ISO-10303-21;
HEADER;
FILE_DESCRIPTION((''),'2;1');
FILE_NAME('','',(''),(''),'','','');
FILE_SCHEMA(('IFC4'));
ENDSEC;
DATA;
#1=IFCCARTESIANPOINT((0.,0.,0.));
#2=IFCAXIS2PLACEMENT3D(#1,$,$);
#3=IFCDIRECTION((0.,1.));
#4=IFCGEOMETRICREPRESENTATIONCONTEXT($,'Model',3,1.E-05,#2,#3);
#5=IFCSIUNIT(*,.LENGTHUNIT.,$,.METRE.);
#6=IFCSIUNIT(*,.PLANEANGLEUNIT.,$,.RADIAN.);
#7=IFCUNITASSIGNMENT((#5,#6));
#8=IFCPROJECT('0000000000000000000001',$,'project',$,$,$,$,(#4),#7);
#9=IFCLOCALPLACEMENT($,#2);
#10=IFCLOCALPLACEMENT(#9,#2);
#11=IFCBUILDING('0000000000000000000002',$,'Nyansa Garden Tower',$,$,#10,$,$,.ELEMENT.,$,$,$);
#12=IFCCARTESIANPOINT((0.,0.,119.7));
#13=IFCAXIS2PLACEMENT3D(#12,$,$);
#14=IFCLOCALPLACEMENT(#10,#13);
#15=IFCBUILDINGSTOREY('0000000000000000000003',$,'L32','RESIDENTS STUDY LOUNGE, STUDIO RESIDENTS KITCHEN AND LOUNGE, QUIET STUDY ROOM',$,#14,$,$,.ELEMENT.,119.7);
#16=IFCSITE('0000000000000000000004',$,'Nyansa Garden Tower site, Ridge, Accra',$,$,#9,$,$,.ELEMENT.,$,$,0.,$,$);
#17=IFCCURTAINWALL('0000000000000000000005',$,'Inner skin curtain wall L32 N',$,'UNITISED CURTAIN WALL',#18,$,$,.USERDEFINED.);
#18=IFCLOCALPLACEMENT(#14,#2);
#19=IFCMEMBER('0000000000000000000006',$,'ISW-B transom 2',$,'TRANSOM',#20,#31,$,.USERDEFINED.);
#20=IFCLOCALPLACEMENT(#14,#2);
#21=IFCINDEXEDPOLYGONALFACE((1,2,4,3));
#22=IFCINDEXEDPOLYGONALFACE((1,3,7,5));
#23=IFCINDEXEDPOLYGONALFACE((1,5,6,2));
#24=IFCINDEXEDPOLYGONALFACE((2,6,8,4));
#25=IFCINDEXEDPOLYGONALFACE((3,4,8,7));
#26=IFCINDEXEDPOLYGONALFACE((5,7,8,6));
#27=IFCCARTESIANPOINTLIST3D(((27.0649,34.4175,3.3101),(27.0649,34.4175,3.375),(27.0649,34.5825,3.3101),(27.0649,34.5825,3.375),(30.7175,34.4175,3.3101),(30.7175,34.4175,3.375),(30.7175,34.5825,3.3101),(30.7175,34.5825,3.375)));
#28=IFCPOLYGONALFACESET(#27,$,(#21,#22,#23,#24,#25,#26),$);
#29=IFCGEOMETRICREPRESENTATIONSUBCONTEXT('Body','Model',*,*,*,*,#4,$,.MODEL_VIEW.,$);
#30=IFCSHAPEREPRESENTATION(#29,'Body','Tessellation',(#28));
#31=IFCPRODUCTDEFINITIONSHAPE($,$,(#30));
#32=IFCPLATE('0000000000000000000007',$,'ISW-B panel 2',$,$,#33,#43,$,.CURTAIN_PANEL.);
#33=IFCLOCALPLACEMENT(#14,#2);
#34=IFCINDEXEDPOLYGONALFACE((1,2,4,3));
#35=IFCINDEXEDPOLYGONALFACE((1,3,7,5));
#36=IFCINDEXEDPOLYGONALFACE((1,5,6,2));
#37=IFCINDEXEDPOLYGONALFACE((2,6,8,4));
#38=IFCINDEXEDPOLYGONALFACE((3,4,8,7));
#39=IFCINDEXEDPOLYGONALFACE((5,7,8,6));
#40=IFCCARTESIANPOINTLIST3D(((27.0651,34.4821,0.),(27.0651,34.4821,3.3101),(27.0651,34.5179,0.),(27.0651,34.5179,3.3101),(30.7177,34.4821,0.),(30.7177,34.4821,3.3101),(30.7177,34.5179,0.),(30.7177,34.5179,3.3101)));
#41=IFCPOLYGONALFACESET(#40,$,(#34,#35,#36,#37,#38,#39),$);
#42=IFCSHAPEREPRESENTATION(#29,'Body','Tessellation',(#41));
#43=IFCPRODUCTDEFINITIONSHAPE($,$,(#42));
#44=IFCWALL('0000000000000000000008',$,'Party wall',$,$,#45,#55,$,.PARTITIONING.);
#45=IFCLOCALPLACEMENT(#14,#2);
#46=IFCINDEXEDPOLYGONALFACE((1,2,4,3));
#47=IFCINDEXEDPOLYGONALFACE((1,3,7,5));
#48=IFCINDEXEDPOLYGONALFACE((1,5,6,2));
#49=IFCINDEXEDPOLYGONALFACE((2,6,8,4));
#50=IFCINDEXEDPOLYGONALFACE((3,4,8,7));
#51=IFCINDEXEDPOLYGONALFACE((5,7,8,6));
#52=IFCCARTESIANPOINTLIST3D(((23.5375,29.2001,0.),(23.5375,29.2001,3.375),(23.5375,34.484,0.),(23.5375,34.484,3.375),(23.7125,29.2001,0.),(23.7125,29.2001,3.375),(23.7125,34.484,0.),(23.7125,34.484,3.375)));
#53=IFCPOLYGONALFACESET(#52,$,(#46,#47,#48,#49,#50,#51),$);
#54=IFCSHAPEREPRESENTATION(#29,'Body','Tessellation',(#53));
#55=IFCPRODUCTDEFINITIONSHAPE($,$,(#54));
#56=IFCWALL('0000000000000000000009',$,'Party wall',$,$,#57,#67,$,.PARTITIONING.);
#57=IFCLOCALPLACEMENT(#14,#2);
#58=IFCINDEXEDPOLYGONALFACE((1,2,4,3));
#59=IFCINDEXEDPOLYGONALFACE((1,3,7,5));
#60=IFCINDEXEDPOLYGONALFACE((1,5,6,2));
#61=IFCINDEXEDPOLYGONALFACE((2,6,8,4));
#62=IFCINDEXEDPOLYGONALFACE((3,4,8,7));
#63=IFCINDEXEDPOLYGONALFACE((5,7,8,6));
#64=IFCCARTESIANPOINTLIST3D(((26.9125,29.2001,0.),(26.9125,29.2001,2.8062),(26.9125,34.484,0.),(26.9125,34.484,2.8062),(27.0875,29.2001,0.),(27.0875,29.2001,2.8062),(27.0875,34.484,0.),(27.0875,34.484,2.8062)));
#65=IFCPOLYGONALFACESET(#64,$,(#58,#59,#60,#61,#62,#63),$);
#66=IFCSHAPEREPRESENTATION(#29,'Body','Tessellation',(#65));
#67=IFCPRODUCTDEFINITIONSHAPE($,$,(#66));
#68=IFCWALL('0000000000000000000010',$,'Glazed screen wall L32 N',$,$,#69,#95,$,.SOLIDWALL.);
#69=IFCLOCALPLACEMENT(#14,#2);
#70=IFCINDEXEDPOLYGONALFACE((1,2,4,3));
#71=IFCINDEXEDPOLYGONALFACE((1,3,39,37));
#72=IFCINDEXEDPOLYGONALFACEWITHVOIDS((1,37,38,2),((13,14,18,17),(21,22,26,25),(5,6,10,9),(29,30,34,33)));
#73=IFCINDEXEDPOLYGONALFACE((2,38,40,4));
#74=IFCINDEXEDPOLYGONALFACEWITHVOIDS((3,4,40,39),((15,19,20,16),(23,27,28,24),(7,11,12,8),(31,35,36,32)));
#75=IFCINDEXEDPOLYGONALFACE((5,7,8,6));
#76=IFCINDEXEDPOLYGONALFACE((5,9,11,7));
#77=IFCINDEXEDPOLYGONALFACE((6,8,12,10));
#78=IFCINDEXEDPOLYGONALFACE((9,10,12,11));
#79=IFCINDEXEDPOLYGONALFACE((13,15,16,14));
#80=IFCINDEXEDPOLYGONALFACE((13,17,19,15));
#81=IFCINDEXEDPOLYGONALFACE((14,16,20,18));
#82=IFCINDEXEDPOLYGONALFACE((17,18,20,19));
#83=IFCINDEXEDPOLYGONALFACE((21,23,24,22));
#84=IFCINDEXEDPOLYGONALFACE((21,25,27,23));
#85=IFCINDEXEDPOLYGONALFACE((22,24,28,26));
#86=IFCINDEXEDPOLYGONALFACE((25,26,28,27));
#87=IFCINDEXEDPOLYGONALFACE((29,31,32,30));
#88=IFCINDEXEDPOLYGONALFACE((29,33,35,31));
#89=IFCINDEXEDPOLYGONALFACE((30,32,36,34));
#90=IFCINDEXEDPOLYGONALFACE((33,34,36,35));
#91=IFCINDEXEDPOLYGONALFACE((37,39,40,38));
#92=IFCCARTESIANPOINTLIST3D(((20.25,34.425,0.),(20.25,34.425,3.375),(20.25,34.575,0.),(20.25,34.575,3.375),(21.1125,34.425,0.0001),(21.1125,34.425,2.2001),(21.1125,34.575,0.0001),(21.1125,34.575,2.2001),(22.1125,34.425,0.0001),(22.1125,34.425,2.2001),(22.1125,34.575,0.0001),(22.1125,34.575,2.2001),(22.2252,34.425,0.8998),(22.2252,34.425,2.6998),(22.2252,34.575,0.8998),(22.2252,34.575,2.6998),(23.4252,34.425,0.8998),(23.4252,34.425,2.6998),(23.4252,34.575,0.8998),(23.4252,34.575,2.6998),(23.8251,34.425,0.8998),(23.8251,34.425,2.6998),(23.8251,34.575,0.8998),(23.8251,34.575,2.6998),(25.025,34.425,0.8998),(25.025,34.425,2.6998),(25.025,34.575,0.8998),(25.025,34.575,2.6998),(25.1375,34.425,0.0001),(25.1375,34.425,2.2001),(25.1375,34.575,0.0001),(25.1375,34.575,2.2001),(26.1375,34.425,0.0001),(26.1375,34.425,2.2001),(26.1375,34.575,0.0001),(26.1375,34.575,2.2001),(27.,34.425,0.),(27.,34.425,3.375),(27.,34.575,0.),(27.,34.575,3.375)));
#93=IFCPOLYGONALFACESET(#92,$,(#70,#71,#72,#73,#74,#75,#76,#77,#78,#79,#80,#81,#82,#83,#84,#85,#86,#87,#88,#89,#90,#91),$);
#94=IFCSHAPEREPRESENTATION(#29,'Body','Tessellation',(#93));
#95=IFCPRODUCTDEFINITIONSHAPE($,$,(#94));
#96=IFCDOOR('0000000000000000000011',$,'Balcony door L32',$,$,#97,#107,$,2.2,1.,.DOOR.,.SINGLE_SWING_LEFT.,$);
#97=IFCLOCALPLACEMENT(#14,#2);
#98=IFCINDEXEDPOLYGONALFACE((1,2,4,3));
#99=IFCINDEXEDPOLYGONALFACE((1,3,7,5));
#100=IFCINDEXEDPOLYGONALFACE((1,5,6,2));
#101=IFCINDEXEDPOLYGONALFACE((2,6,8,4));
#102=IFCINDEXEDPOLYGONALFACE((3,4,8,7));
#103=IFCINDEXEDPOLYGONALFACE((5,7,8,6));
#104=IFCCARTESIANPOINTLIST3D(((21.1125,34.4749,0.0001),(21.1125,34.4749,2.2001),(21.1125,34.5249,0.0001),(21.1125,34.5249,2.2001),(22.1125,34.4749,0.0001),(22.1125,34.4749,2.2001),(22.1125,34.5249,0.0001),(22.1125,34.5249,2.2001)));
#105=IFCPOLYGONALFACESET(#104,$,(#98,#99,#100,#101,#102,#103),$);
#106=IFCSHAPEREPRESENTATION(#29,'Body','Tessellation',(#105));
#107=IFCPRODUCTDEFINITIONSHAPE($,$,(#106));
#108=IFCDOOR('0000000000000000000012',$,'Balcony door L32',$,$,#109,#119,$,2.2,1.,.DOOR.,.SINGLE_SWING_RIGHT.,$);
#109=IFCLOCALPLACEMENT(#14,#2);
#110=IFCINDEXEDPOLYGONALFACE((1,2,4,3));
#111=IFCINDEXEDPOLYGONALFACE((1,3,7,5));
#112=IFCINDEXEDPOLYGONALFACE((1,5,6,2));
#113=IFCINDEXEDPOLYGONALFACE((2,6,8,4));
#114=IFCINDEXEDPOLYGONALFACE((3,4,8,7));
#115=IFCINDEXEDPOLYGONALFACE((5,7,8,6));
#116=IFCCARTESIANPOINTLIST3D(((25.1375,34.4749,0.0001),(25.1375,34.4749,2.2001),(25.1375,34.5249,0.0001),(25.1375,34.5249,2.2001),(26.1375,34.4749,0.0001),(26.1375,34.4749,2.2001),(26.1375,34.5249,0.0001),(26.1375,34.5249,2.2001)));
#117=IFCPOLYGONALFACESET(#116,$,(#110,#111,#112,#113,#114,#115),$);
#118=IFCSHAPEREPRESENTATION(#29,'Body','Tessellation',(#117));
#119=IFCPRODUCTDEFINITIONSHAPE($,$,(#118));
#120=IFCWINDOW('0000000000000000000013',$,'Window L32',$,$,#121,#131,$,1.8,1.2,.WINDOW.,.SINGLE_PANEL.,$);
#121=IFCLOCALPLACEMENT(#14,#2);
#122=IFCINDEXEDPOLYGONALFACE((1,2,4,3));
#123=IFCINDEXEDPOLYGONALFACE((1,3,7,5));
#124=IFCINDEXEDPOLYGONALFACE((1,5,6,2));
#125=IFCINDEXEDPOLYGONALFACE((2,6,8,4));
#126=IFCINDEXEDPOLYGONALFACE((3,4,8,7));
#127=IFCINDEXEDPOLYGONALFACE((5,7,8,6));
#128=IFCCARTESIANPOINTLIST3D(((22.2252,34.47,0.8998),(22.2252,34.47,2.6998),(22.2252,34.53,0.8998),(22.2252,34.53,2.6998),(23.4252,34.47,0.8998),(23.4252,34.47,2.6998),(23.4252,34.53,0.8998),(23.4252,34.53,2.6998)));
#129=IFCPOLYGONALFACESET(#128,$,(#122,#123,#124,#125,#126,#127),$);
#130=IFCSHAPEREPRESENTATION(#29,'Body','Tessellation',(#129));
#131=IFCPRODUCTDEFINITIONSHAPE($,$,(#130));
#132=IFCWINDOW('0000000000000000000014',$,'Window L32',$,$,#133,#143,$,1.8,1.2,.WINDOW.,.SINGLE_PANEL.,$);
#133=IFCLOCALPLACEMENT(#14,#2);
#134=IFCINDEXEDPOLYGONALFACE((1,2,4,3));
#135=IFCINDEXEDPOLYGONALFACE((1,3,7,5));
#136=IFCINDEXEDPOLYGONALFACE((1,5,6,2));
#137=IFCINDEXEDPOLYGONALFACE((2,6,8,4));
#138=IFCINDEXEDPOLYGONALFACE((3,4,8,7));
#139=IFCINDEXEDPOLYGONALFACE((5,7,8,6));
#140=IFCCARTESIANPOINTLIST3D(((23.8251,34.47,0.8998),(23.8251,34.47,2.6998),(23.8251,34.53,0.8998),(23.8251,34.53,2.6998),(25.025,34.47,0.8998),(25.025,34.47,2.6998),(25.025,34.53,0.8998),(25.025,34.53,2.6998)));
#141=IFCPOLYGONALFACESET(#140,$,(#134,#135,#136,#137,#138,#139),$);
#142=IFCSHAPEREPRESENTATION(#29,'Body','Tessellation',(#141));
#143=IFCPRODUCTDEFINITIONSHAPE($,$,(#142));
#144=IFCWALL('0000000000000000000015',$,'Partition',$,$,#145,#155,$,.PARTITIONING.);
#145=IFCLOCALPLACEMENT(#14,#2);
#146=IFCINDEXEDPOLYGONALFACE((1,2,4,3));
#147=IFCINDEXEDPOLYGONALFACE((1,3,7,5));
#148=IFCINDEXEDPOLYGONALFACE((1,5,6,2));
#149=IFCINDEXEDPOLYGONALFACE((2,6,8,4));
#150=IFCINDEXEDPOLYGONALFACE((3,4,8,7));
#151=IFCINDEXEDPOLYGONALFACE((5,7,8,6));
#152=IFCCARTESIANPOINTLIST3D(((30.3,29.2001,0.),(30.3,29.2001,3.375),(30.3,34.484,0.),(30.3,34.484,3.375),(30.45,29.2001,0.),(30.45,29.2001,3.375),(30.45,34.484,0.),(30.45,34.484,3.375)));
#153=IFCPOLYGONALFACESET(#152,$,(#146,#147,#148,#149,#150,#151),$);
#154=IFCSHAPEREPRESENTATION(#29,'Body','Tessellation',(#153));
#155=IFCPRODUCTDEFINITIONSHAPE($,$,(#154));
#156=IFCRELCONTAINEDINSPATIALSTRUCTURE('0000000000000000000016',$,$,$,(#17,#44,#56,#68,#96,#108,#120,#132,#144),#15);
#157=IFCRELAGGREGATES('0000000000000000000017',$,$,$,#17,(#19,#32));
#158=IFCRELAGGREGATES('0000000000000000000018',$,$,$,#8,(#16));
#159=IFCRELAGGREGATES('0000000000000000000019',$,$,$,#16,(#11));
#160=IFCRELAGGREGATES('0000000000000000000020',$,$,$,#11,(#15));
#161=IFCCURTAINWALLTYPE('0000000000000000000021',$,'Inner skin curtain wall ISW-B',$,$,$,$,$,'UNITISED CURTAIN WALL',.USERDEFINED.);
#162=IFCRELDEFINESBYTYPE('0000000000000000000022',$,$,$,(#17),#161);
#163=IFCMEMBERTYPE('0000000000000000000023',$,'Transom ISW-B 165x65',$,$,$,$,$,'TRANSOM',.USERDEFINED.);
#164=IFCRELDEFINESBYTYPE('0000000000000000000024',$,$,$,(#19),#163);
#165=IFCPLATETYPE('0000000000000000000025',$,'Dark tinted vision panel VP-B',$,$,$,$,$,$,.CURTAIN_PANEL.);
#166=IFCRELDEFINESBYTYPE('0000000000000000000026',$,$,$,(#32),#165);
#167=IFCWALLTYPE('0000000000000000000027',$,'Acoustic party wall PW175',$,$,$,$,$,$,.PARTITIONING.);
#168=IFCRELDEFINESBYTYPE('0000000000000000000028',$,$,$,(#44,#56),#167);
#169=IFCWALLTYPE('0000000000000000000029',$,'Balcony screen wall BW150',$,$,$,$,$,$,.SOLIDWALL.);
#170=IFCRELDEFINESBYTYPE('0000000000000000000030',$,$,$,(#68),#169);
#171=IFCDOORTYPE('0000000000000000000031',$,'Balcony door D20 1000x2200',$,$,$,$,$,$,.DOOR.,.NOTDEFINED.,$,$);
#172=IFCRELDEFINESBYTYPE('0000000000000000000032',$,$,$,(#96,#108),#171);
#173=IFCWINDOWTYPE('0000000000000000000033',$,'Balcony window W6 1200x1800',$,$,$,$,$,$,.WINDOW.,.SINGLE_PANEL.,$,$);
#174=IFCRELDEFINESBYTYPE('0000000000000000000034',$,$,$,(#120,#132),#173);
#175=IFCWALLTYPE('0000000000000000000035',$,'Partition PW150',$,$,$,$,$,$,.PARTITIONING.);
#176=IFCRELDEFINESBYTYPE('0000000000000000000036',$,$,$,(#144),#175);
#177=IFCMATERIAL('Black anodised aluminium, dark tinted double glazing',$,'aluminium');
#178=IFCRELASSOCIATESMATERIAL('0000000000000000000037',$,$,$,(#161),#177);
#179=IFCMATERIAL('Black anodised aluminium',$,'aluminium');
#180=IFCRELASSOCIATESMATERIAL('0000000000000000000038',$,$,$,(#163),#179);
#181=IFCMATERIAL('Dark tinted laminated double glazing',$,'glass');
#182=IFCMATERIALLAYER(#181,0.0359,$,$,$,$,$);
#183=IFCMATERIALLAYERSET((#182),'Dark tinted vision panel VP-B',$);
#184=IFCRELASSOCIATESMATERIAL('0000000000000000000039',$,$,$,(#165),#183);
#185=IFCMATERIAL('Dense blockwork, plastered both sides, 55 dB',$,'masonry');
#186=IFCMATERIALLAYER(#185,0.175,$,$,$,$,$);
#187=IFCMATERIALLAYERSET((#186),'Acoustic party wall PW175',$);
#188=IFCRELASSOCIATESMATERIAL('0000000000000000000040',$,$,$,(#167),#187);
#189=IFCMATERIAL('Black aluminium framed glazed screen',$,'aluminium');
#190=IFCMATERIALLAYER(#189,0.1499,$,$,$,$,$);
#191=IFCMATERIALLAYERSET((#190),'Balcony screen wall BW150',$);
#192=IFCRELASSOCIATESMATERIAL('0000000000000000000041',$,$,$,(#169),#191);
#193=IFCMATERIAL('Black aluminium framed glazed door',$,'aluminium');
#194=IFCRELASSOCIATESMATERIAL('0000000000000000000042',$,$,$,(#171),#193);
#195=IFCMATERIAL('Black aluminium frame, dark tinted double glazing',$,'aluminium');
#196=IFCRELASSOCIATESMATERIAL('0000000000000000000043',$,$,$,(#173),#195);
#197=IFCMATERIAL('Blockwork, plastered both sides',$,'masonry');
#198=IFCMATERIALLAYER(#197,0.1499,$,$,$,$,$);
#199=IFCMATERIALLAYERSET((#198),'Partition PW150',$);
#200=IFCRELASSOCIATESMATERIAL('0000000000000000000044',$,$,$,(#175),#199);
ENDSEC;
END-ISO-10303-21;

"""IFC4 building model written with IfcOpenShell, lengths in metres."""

from ifc_helpers import new_model, si_unit, direction, frame, frame_2d, origin, origin_2d, place, context, subcontext, project, spatial, rectangle, extrude, material, layer, layer_set, material_profile, profile_set, type_object, element, fill, aggregate, save


model = new_model("IFC4")

# Units and contexts
model_context = context("Model", 3, precision=1e-05, world=origin(), true_north=direction((0.0, 1.0)))
body_context = subcontext(model_context, "Body", "Model", "MODEL_VIEW")
ifc_project = project(units=[si_unit("LENGTHUNIT", "METRE"), si_unit("PLANEANGLEUNIT", "RADIAN")], contexts=[model_context])

# Site, building, storey
site_placement = place(None, origin())
site = spatial("IfcSite", under=ifc_project, at=site_placement, Name="Nyansa Garden Tower site, Ridge, Accra", CompositionType="ELEMENT", RefElevation=0.0)
building_placement = place(site_placement, origin())
building = spatial("IfcBuilding", under=site, at=building_placement, Name="Nyansa Garden Tower", CompositionType="ELEMENT")
storey_placement = place(building_placement, frame((0.0, 0.0, 119.7)))
storey = spatial("IfcBuildingStorey", under=building, at=storey_placement, Name="L32", Description="RESIDENTS STUDY LOUNGE, STUDIO RESIDENTS KITCHEN AND LOUNGE, QUIET STUDY ROOM", CompositionType="ELEMENT", Elevation=119.7)

# Shared definitions
ifc_material_1 = material(Name="Black anodised aluminium, dark tinted double glazing", Category="aluminium")
curtain_wall_type = type_object("IfcCurtainWallType", Name="Inner skin curtain wall ISW-B", ElementType="UNITISED CURTAIN WALL", PredefinedType="USERDEFINED", material=ifc_material_1)

# Curtain wall
curtain_wall_1_placement = place(storey_placement, origin())
curtain_wall_1 = element("IfcCurtainWall", 1, at=curtain_wall_1_placement, inside=storey, type_object=curtain_wall_type, Name="Inner skin curtain wall L32 N", ObjectType="UNITISED CURTAIN WALL", PredefinedType="USERDEFINED")

# Member
ifc_material_2 = material(Name="Black anodised aluminium", Category="aluminium")
ifc_material_profile_1 = material_profile(ifc_material_2, rectangle(XDim=0.165, YDim=0.0649, at=origin_2d()), Name="Transom 165x65")
ifc_profile_set_1 = profile_set([ifc_material_profile_1], Name="Black anodised aluminium")
member_type_1 = type_object("IfcMemberType", Name="Transom ISW-B 165x65", ElementType="TRANSOM", PredefinedType="USERDEFINED", material=ifc_profile_set_1)
member_1_placement = place(storey_placement, frame((30.7175, 34.5, 3.3425), z_axis=(-1.0, 0.0, 0.0), x_axis=(0.0, -1.0, 0.0)))
member_1 = element("IfcMember", 2, at=member_1_placement, type_object=member_type_1, Name="ISW-B transom 2", ObjectType="TRANSOM", PredefinedType="USERDEFINED", context=body_context, shape_type="SweptSolid", body=[
    extrude(rectangle(XDim=0.165, YDim=0.0649, at=origin_2d()), origin(), (0.0, 0.0, 1.0), 3.6526),
])

# Plate
ifc_material_3 = material(Name="Dark tinted laminated double glazing", Category="glass")
ifc_layer_1 = layer(ifc_material_3, 0.0359)
ifc_layer_set_1 = layer_set([ifc_layer_1], Name="Dark tinted vision panel VP-B")
plate_type = type_object("IfcPlateType", Name="Dark tinted vision panel VP-B", PredefinedType="CURTAIN_PANEL", material=ifc_layer_set_1)
plate_placement = place(storey_placement, frame((28.8914, 34.5, 0.0), z_axis=(0.0, 0.0, 1.0), x_axis=(-1.0, 0.0, 0.0)))
plate = element("IfcPlate", 3, at=plate_placement, type_object=plate_type, Name="ISW-B panel 2", PredefinedType="CURTAIN_PANEL", context=body_context, shape_type="SweptSolid", body=[
    extrude(rectangle(XDim=3.6526, YDim=0.0359, at=origin_2d()), origin(), (0.0, 0.0, 1.0), 3.3101),
])
aggregate(curtain_wall_1, [member_1, plate])

# Walls
ifc_material_4 = material(Name="Dense blockwork, plastered both sides, 55 dB", Category="masonry")
ifc_layer_2 = layer(ifc_material_4, 0.175)
ifc_layer_set_2 = layer_set([ifc_layer_2], Name="Acoustic party wall PW175")
wall_type_1 = type_object("IfcWallType", Name="Acoustic party wall PW175", PredefinedType="PARTITIONING", material=ifc_layer_set_2)
wall_1_placement = place(storey_placement, frame((23.625, 29.2, 0.0), z_axis=(0.0, 0.0, 1.0), x_axis=(0.0, 1.0, 0.0)))
element("IfcWall", 4, at=wall_1_placement, inside=storey, type_object=wall_type_1, Name="Party wall", PredefinedType="PARTITIONING", context=body_context, shape_type="SweptSolid", body=[
    extrude(rectangle(XDim=5.2839, YDim=0.175, at=frame_2d((2.6421, 0.0))), origin(), (0.0, 0.0, 1.0), 3.375),
])
wall_2_placement = place(storey_placement, frame((27.0, 29.2, 0.0), z_axis=(0.0, 0.0, 1.0), x_axis=(0.0, 1.0, 0.0)))
element("IfcWall", 5, at=wall_2_placement, inside=storey, type_object=wall_type_1, Name="Party wall", PredefinedType="PARTITIONING", context=body_context, shape_type="SweptSolid", body=[
    extrude(rectangle(XDim=5.2839, YDim=0.175, at=frame_2d((2.6421, 0.0))), origin(), (0.0, 0.0, 1.0), 2.8062),
])

# Wall, openings, doors, windows
ifc_material_5 = material(Name="Black aluminium framed glazed screen", Category="aluminium")
ifc_layer_3 = layer(ifc_material_5, 0.1499)
ifc_layer_set_3 = layer_set([ifc_layer_3], Name="Balcony screen wall BW150")
wall_type_2 = type_object("IfcWallType", Name="Balcony screen wall BW150", PredefinedType="SOLIDWALL", material=ifc_layer_set_3)
wall_3_placement = place(storey_placement, frame((20.25, 34.5, 0.0), z_axis=(0.0, 0.0, 1.0), x_axis=(1.0, 0.0, 0.0)))
wall_3 = element("IfcWall", 6, at=wall_3_placement, inside=storey, type_object=wall_type_2, Name="Glazed screen wall L32 N", PredefinedType="SOLIDWALL", context=body_context, shape_type="SweptSolid", body=[
    extrude(rectangle(XDim=6.75, YDim=0.1499, at=frame_2d((3.375, 0.0))), origin(), (0.0, 0.0, 1.0), 3.375),
])
opening_1_placement = place(wall_3_placement, frame((0.8625, 0.0, 0.0)))
opening_1 = element("IfcOpeningElement", 7, at=opening_1_placement, cuts=wall_3, PredefinedType="OPENING", context=body_context, shape_type="SweptSolid", body=[
    extrude(rectangle(XDim=1.0, YDim=2.2, at=frame_2d((0.5, 1.1001))), frame((0.0, 0.085, 0.0), z_axis=(0.0, -1.0, 0.0), x_axis=(1.0, 0.0, 0.0)), (0.0, 0.0, 1.0), 0.1699),
])
opening_2_placement = place(wall_3_placement, frame((1.9751, 0.0, 0.8999)))
opening_2 = element("IfcOpeningElement", 8, at=opening_2_placement, cuts=wall_3, PredefinedType="OPENING", context=body_context, shape_type="SweptSolid", body=[
    extrude(rectangle(XDim=1.2, YDim=1.8, at=frame_2d((0.6001, 0.8999))), frame((0.0, 0.085, 0.0), z_axis=(0.0, -1.0, 0.0), x_axis=(1.0, 0.0, 0.0)), (0.0, 0.0, 1.0), 0.1699),
])
opening_3_placement = place(wall_3_placement, frame((4.8875, 0.0, 0.0)))
opening_3 = element("IfcOpeningElement", 9, at=opening_3_placement, cuts=wall_3, PredefinedType="OPENING", context=body_context, shape_type="SweptSolid", body=[
    extrude(rectangle(XDim=1.0, YDim=2.2, at=frame_2d((0.5, 1.1001))), frame((0.0, 0.085, 0.0), z_axis=(0.0, -1.0, 0.0), x_axis=(1.0, 0.0, 0.0)), (0.0, 0.0, 1.0), 0.1699),
])
opening_4_placement = place(wall_3_placement, frame((3.575, 0.0, 0.8999)))
opening_4 = element("IfcOpeningElement", 10, at=opening_4_placement, cuts=wall_3, PredefinedType="OPENING", context=body_context, shape_type="SweptSolid", body=[
    extrude(rectangle(XDim=1.2, YDim=1.8, at=frame_2d((0.6001, 0.8999))), frame((0.0, 0.085, 0.0), z_axis=(0.0, -1.0, 0.0), x_axis=(1.0, 0.0, 0.0)), (0.0, 0.0, 1.0), 0.1699),
])
ifc_material_6 = material(Name="Black aluminium framed glazed door", Category="aluminium")
door_type_1 = type_object("IfcDoorType", Name="Balcony door D20 1000x2200", OperationType="NOTDEFINED", PredefinedType="DOOR", material=ifc_material_6)
door_1_placement = place(opening_1_placement, origin())
door_1 = element("IfcDoor", 11, at=door_1_placement, inside=storey, type_object=door_type_1, Name="Balcony door L32", OperationType="SINGLE_SWING_LEFT", OverallHeight=2.2, OverallWidth=1.0, PredefinedType="DOOR", context=body_context, shape_type="SweptSolid", body=[
    extrude(rectangle(XDim=1.0, YDim=2.2, at=frame_2d((0.5, 1.1001))), frame((0.0, 0.0249, 0.0), z_axis=(0.0, -1.0, 0.0), x_axis=(1.0, 0.0, 0.0)), (0.0, 0.0, 1.0), 0.05),
])
fill(opening_1, door_1)
door_2_placement = place(opening_3_placement, origin())
door_2 = element("IfcDoor", 12, at=door_2_placement, inside=storey, type_object=door_type_1, Name="Balcony door L32", OperationType="SINGLE_SWING_RIGHT", OverallHeight=2.2, OverallWidth=1.0, PredefinedType="DOOR", context=body_context, shape_type="SweptSolid", body=[
    extrude(rectangle(XDim=1.0, YDim=2.2, at=frame_2d((0.5, 1.1001))), frame((0.0, 0.0249, 0.0), z_axis=(0.0, -1.0, 0.0), x_axis=(1.0, 0.0, 0.0)), (0.0, 0.0, 1.0), 0.05),
])
fill(opening_3, door_2)
ifc_material_7 = material(Name="Black aluminium frame, dark tinted double glazing", Category="aluminium")
window_type = type_object("IfcWindowType", Name="Balcony window W6 1200x1800", PartitioningType="SINGLE_PANEL", PredefinedType="WINDOW", material=ifc_material_7)
window_1_placement = place(opening_2_placement, origin())
window_1 = element("IfcWindow", 13, at=window_1_placement, inside=storey, type_object=window_type, Name="Window L32", OverallHeight=1.8, OverallWidth=1.2, PartitioningType="SINGLE_PANEL", PredefinedType="WINDOW", context=body_context, shape_type="SweptSolid", body=[
    extrude(rectangle(XDim=1.2, YDim=1.8, at=frame_2d((0.6001, 0.8999))), frame((0.0, 0.03, 0.0), z_axis=(0.0, -1.0, 0.0), x_axis=(1.0, 0.0, 0.0)), (0.0, 0.0, 1.0), 0.0601),
])
fill(opening_2, window_1)
window_2_placement = place(opening_4_placement, origin())
window_2 = element("IfcWindow", 14, at=window_2_placement, inside=storey, type_object=window_type, Name="Window L32", OverallHeight=1.8, OverallWidth=1.2, PartitioningType="SINGLE_PANEL", PredefinedType="WINDOW", context=body_context, shape_type="SweptSolid", body=[
    extrude(rectangle(XDim=1.2, YDim=1.8, at=frame_2d((0.6001, 0.8999))), frame((0.0, 0.03, 0.0), z_axis=(0.0, -1.0, 0.0), x_axis=(1.0, 0.0, 0.0)), (0.0, 0.0, 1.0), 0.0601),
])
fill(opening_4, window_2)

# Wall
ifc_material_8 = material(Name="Blockwork, plastered both sides", Category="masonry")
ifc_layer_4 = layer(ifc_material_8, 0.1499)
ifc_layer_set_4 = layer_set([ifc_layer_4], Name="Partition PW150")
wall_type_3 = type_object("IfcWallType", Name="Partition PW150", PredefinedType="PARTITIONING", material=ifc_layer_set_4)
wall_4_placement = place(storey_placement, frame((30.375, 29.2, 0.0), z_axis=(0.0, 0.0, 1.0), x_axis=(0.0, 1.0, 0.0)))
element("IfcWall", 15, at=wall_4_placement, inside=storey, type_object=wall_type_3, Name="Partition", PredefinedType="PARTITIONING", context=body_context, shape_type="SweptSolid", body=[
    extrude(rectangle(XDim=5.2839, YDim=0.1499, at=frame_2d((2.6421, 0.0))), origin(), (0.0, 0.0, 1.0), 3.375),
])

save(model, "model.ifc")
